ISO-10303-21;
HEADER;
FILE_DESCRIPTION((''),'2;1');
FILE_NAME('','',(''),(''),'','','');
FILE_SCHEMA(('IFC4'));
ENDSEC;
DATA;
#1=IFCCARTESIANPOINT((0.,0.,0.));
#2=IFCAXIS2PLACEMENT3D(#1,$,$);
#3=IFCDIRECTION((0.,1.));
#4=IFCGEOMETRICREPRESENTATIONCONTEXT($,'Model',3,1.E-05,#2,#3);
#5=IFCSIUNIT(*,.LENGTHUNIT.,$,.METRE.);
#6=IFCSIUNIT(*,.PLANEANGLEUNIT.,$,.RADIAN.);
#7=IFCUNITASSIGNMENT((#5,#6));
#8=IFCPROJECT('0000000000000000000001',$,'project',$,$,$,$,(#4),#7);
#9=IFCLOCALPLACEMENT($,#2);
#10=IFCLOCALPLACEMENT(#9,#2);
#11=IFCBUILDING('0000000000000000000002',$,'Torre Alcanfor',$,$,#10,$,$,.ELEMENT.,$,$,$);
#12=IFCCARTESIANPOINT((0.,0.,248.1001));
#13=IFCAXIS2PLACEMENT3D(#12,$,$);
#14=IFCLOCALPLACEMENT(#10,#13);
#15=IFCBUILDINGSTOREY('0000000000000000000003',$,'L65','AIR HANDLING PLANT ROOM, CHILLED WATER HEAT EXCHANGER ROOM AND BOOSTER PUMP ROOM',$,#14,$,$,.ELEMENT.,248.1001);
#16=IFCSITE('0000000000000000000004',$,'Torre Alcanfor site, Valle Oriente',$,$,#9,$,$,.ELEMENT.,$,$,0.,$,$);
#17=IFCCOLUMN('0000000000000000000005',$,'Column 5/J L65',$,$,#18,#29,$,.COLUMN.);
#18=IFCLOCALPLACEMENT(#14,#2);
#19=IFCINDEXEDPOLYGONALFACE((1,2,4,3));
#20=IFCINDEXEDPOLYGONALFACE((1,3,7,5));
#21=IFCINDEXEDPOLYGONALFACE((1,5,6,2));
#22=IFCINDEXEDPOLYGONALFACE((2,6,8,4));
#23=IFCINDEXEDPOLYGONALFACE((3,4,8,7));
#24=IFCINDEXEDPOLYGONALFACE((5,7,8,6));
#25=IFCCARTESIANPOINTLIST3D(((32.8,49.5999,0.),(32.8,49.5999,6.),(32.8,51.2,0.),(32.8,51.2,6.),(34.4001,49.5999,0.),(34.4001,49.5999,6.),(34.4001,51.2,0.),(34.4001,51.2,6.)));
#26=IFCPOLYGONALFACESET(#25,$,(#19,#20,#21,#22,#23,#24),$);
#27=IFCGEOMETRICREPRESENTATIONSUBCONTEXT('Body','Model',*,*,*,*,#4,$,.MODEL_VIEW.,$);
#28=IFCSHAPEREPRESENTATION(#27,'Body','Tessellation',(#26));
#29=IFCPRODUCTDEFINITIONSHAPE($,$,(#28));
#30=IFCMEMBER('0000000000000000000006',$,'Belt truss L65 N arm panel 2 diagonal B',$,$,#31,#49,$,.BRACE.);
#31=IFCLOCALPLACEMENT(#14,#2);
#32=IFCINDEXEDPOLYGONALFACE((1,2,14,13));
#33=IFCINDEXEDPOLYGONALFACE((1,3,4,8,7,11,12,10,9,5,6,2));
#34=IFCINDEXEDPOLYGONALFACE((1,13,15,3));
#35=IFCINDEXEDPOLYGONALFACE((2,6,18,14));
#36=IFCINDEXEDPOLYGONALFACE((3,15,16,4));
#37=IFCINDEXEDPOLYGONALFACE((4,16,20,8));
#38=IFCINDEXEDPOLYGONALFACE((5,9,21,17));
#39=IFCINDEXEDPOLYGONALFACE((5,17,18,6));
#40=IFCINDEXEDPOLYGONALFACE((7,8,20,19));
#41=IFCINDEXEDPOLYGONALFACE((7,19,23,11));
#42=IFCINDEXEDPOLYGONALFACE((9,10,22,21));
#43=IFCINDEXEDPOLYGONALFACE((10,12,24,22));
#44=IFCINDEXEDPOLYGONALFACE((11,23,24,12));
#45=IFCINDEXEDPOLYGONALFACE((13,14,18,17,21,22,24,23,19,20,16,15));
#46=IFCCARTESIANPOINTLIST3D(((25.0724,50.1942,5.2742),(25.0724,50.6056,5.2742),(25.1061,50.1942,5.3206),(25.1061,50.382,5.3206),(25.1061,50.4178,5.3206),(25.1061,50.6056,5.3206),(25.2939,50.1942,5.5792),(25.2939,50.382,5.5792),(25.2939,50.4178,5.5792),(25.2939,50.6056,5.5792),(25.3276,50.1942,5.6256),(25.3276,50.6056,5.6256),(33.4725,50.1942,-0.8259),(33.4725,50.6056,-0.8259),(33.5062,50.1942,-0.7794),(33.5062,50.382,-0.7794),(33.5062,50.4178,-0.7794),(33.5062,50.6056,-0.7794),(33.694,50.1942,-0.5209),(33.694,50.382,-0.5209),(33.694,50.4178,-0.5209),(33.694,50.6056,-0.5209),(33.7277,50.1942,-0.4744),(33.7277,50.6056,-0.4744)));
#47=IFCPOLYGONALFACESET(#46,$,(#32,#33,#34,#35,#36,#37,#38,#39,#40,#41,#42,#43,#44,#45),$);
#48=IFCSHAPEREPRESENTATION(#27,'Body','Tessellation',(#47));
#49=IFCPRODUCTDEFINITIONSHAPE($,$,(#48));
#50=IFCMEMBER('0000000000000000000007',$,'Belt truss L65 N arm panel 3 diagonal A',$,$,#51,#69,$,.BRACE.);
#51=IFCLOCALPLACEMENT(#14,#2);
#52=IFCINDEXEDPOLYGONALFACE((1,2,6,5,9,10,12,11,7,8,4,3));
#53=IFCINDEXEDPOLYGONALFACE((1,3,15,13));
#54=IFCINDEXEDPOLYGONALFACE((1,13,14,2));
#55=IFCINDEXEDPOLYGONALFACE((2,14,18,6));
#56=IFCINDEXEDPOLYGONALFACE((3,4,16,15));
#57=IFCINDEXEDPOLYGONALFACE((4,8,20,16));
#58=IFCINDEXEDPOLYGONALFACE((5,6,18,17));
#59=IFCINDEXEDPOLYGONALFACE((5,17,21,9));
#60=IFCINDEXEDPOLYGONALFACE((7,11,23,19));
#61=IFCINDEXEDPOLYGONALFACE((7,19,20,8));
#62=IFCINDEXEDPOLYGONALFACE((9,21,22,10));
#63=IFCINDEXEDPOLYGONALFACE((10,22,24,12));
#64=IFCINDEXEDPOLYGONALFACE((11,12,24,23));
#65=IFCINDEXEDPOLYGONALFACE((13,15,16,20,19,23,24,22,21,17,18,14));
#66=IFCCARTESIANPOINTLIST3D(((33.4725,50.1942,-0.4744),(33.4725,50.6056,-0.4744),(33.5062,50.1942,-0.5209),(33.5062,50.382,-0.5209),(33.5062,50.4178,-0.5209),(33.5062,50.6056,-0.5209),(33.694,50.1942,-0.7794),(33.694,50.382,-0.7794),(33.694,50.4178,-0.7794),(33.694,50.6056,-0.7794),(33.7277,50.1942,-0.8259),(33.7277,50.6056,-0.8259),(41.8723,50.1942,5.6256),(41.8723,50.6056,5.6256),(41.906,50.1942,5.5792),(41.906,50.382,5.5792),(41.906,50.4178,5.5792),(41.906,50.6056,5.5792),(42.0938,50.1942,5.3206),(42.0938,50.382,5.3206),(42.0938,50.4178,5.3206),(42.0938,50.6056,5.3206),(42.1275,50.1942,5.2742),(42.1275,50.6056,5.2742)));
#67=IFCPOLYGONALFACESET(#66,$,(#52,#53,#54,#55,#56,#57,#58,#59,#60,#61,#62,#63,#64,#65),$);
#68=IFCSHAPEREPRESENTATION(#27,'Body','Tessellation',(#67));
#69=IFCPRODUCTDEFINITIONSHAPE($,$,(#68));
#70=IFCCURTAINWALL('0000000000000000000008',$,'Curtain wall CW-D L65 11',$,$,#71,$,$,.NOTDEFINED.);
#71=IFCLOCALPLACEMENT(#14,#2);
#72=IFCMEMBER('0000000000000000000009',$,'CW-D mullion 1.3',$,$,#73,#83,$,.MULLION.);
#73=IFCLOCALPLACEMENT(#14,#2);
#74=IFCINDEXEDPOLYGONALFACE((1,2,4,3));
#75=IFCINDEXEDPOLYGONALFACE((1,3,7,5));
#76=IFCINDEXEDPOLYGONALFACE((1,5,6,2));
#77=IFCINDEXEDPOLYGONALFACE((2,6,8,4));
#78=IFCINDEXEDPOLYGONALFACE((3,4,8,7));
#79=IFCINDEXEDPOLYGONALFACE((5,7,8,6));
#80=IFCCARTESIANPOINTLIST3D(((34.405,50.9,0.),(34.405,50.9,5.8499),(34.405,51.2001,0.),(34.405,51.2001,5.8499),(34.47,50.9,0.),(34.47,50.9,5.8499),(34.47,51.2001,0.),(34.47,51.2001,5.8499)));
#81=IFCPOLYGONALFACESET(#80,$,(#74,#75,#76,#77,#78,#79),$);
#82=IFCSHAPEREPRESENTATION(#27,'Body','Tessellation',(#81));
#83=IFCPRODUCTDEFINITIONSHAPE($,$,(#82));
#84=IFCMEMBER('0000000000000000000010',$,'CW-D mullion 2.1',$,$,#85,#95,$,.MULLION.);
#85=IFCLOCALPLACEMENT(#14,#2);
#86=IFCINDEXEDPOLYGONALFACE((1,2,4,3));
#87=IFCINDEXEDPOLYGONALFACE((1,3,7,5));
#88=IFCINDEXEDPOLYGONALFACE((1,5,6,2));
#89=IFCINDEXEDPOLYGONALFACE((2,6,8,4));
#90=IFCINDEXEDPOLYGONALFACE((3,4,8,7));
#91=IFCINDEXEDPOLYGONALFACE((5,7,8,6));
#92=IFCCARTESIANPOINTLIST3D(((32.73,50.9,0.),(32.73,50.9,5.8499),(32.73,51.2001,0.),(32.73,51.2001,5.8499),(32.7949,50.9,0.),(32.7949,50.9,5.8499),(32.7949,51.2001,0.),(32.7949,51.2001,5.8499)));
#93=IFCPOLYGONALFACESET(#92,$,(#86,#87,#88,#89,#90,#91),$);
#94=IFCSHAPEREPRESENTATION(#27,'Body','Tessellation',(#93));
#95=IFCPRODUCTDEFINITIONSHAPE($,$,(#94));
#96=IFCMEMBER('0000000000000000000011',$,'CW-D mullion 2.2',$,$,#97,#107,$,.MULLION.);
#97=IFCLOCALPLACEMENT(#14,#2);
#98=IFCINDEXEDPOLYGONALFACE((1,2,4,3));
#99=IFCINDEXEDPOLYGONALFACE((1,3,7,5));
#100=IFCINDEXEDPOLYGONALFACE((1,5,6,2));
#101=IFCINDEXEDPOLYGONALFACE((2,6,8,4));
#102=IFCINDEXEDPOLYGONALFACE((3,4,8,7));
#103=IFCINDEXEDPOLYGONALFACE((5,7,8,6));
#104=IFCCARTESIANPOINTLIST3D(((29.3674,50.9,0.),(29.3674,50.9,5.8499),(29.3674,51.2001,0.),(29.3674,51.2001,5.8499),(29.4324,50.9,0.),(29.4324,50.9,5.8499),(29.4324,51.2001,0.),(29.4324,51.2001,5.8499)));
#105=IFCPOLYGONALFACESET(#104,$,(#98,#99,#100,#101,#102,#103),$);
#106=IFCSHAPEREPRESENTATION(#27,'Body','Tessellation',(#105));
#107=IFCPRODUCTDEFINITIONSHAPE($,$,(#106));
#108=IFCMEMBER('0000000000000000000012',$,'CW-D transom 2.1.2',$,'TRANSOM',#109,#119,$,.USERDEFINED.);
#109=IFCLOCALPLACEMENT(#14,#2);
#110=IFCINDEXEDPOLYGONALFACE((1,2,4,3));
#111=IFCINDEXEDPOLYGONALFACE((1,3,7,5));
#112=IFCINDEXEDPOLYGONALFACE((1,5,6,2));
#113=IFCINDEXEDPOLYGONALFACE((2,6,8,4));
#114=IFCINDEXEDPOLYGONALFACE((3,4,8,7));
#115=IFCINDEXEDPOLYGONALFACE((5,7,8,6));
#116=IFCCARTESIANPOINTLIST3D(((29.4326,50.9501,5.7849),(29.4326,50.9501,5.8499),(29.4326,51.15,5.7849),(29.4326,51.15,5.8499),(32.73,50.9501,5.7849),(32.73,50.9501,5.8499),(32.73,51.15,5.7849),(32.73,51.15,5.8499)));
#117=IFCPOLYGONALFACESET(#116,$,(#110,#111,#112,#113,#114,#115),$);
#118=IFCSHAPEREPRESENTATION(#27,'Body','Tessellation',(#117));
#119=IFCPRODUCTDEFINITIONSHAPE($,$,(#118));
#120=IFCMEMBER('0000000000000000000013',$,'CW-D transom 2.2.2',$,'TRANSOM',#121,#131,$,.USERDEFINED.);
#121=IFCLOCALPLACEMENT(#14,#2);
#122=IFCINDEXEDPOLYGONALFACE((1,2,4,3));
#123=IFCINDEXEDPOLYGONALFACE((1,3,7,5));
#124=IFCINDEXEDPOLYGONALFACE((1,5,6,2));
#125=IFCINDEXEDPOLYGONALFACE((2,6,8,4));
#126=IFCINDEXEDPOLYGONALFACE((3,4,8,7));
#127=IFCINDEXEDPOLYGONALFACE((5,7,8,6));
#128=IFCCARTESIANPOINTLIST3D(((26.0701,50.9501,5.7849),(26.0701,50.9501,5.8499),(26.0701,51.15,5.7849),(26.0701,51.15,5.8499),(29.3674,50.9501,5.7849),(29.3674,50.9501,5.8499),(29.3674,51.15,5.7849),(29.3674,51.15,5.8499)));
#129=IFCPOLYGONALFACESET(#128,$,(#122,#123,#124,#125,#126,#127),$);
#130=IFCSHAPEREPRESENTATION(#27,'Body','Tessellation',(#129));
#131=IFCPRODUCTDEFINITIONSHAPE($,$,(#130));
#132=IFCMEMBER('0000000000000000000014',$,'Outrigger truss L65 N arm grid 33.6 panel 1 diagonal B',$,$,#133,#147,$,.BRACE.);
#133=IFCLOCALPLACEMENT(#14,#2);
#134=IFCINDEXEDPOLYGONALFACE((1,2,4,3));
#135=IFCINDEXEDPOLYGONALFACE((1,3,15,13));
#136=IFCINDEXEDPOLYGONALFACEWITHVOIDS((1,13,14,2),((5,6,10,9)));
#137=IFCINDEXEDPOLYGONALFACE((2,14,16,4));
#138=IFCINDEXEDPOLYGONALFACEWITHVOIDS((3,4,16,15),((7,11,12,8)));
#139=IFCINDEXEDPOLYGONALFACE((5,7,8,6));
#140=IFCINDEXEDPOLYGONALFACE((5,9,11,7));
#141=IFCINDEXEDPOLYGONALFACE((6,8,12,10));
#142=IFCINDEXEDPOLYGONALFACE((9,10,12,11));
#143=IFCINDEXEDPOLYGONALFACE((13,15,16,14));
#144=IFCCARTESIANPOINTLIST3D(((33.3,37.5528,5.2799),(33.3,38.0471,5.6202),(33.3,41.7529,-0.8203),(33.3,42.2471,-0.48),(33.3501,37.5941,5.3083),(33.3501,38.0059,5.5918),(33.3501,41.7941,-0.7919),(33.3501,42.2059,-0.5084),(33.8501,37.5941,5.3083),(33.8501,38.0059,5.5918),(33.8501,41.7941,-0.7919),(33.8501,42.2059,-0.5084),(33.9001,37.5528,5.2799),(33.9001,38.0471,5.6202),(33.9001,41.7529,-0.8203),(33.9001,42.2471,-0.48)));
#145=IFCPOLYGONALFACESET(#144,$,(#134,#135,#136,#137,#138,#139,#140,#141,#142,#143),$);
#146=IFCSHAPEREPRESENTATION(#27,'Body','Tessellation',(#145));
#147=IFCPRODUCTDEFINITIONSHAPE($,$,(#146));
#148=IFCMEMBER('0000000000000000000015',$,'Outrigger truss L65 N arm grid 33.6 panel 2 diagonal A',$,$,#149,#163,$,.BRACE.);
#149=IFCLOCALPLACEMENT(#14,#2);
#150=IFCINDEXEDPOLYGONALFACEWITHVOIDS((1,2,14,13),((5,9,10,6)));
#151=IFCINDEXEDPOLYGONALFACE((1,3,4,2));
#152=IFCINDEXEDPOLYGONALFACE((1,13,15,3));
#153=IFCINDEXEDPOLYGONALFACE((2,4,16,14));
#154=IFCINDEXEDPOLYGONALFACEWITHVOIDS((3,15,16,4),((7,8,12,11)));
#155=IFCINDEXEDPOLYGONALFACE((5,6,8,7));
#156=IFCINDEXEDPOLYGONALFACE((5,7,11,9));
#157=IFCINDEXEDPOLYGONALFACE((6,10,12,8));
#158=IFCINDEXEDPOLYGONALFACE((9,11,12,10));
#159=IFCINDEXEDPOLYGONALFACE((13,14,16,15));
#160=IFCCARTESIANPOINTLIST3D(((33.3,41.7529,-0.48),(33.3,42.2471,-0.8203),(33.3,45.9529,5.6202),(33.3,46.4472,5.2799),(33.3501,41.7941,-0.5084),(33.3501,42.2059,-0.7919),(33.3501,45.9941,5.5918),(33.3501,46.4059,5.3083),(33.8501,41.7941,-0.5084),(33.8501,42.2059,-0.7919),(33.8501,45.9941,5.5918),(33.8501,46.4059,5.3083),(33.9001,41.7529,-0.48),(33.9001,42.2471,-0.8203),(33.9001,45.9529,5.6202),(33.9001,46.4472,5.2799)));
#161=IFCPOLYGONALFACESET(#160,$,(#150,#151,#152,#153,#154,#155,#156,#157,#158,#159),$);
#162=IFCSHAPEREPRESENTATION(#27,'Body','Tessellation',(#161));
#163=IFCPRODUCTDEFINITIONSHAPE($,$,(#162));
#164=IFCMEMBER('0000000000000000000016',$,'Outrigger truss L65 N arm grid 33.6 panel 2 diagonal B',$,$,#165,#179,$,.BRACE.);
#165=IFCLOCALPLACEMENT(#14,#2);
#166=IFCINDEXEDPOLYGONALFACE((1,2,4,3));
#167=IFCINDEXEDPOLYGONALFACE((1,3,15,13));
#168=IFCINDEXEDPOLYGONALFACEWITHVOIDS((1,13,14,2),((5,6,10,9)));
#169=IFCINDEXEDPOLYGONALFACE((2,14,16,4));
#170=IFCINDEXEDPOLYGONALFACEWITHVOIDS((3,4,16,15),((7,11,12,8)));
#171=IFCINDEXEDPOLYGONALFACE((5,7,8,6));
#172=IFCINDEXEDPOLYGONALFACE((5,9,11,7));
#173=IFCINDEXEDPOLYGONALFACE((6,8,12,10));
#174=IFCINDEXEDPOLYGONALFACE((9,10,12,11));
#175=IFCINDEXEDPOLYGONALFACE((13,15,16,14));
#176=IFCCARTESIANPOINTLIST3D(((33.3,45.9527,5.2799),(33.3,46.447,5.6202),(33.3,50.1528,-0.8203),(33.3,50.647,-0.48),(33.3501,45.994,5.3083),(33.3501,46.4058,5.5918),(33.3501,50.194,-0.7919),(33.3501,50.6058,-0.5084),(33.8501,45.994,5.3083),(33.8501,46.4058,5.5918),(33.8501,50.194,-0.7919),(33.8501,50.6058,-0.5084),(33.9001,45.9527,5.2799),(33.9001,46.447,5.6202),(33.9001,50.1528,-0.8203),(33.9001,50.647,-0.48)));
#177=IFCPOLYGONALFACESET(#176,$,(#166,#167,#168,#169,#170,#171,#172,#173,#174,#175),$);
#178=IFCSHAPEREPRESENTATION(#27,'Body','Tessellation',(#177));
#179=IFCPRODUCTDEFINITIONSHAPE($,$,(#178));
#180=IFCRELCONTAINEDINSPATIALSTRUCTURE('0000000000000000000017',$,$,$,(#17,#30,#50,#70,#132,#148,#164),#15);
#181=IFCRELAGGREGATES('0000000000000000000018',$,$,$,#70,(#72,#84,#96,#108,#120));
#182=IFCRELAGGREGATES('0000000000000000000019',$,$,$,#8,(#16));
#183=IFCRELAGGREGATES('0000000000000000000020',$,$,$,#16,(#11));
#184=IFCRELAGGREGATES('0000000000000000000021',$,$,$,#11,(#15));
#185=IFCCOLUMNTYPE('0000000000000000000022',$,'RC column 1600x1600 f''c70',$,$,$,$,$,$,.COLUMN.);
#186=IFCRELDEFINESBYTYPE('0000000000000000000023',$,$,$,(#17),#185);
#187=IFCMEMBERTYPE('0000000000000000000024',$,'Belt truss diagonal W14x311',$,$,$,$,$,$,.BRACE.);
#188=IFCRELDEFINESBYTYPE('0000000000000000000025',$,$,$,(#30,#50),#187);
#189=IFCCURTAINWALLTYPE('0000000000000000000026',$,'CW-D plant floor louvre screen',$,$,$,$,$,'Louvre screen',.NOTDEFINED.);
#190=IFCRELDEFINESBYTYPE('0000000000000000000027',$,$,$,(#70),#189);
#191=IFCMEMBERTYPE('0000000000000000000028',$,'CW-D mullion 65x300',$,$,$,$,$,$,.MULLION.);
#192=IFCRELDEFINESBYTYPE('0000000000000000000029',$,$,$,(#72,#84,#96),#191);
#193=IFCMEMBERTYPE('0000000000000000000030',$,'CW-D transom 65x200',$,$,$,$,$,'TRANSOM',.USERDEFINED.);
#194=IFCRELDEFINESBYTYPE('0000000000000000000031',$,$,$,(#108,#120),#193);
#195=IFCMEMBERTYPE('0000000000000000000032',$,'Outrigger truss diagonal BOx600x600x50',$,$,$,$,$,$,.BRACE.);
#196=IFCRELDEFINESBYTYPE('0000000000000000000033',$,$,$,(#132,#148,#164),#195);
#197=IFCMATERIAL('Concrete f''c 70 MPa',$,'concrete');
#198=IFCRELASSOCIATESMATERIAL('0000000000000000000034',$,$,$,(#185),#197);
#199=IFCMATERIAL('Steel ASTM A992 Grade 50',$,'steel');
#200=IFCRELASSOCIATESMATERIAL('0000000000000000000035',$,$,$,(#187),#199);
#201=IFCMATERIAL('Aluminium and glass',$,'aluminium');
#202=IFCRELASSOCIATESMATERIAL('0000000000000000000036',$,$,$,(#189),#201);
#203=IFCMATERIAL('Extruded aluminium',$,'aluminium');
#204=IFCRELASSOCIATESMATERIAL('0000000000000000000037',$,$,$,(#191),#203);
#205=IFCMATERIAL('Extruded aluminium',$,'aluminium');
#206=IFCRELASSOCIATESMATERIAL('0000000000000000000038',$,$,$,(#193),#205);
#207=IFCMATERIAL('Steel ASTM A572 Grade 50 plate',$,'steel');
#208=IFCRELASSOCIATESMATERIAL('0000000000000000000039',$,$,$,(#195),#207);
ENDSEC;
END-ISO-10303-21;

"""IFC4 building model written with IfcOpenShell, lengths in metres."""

from ifc_helpers import new_model, si_unit, direction, frame, origin, origin_2d, place, context, subcontext, project, spatial, rectangle, hollow_rectangle, i_section, extrude, material, material_profile, profile_set, type_object, element, aggregate, save


model = new_model("IFC4")

# Units and contexts
model_context = context("Model", 3, precision=1e-05, world=origin(), true_north=direction((0.0, 1.0)))
body_context = subcontext(model_context, "Body", "Model", "MODEL_VIEW")
ifc_project = project(units=[si_unit("LENGTHUNIT", "METRE"), si_unit("PLANEANGLEUNIT", "RADIAN")], contexts=[model_context])

# Site, building, storey
site_placement = place(None, origin())
site = spatial("IfcSite", under=ifc_project, at=site_placement, Name="Torre Alcanfor site, Valle Oriente", CompositionType="ELEMENT", RefElevation=0.0)
building_placement = place(site_placement, origin())
building = spatial("IfcBuilding", under=site, at=building_placement, Name="Torre Alcanfor", CompositionType="ELEMENT")
storey_placement = place(building_placement, frame((0.0, 0.0, 248.1001)))
storey = spatial("IfcBuildingStorey", under=building, at=storey_placement, Name="L65", Description="AIR HANDLING PLANT ROOM, CHILLED WATER HEAT EXCHANGER ROOM AND BOOSTER PUMP ROOM", CompositionType="ELEMENT", Elevation=248.1001)

# Column
ifc_material_1 = material(Name="Concrete f'c 70 MPa", Category="concrete")
ifc_material_profile_1 = material_profile(ifc_material_1, rectangle(XDim=1.6001, YDim=1.6001, at=origin_2d()), Name="1600x1600")
ifc_profile_set_1 = profile_set([ifc_material_profile_1], Name="Concrete f'c 70 MPa")
column_type = type_object("IfcColumnType", Name="RC column 1600x1600 f'c70", PredefinedType="COLUMN", material=ifc_profile_set_1)
column_placement = place(storey_placement, frame((33.6001, 50.3999, 0.0), z_axis=(0.0, 0.0, 1.0), x_axis=(1.0, 0.0, 0.0)))
element("IfcColumn", 1, at=column_placement, inside=storey, type_object=column_type, Name="Column 5/J L65", PredefinedType="COLUMN", context=body_context, shape_type="SweptSolid", body=[
    extrude(rectangle(XDim=1.6001, YDim=1.6001, at=origin_2d()), origin(), (0.0, 0.0, 1.0), 6.0),
])

# Members
ifc_material_2 = material(Name="Steel ASTM A992 Grade 50", Category="steel")
ifc_material_profile_2 = material_profile(ifc_material_2, i_section(OverallWidth=0.4114, OverallDepth=0.4343, WebThickness=0.0359, FlangeThickness=0.0574, at=origin_2d()), Name="W14x311")
ifc_profile_set_2 = profile_set([ifc_material_profile_2], Name="Steel ASTM A992 Grade 50")
member_type_1 = type_object("IfcMemberType", Name="Belt truss diagonal W14x311", PredefinedType="BRACE", material=ifc_profile_set_2)
member_1_placement = place(storey_placement, frame((33.6001, 50.3999, -0.6501), z_axis=(-0.809153, 0.0, 0.587598), x_axis=(0.0, -1.0, 0.0)))
element("IfcMember", 2, at=member_1_placement, inside=storey, type_object=member_type_1, Name="Belt truss L65 N arm panel 2 diagonal B", PredefinedType="BRACE", context=body_context, shape_type="SweptSolid", body=[
    extrude(i_section(OverallWidth=0.4114, OverallDepth=0.4343, WebThickness=0.0359, FlangeThickness=0.0574, at=origin_2d()), origin(), (0.0, 0.0, 1.0), 10.3813),
])
member_2_placement = place(storey_placement, frame((33.6001, 50.3999, -0.6501), z_axis=(0.809145, 0.0, 0.587609), x_axis=(0.0, 1.0, 0.0)))
element("IfcMember", 3, at=member_2_placement, inside=storey, type_object=member_type_1, Name="Belt truss L65 N arm panel 3 diagonal A", PredefinedType="BRACE", context=body_context, shape_type="SweptSolid", body=[
    extrude(i_section(OverallWidth=0.4114, OverallDepth=0.4343, WebThickness=0.0359, FlangeThickness=0.0574, at=origin_2d()), origin(), (0.0, 0.0, 1.0), 10.3811),
])

# Curtain wall, members
ifc_material_3 = material(Name="Aluminium and glass", Category="aluminium")
curtain_wall_type = type_object("IfcCurtainWallType", Name="CW-D plant floor louvre screen", ElementType="Louvre screen", PredefinedType="NOTDEFINED", material=ifc_material_3)
curtain_wall_placement = place(storey_placement, origin())
curtain_wall = element("IfcCurtainWall", 4, at=curtain_wall_placement, inside=storey, type_object=curtain_wall_type, Name="Curtain wall CW-D L65 11", PredefinedType="NOTDEFINED")
ifc_material_4 = material(Name="Extruded aluminium", Category="aluminium")
ifc_material_profile_3 = material_profile(ifc_material_4, rectangle(XDim=0.3, YDim=0.0649, at=origin_2d()), Name="CW-D mullion 65x300")
ifc_profile_set_3 = profile_set([ifc_material_profile_3], Name="Extruded aluminium")
member_type_2 = type_object("IfcMemberType", Name="CW-D mullion 65x300", PredefinedType="MULLION", material=ifc_profile_set_3)
member_3_placement = place(storey_placement, frame((34.4375, 51.05, 0.0), z_axis=(0.0, 0.0, 1.0), x_axis=(0.0, -1.0, 0.0)))
member_3 = element("IfcMember", 5, at=member_3_placement, type_object=member_type_2, Name="CW-D mullion 1.3", PredefinedType="MULLION", context=body_context, shape_type="SweptSolid", body=[
    extrude(rectangle(XDim=0.3, YDim=0.0649, at=origin_2d()), origin(), (0.0, 0.0, 1.0), 5.8499),
])
member_4_placement = place(storey_placement, frame((32.7625, 51.05, 0.0), z_axis=(0.0, 0.0, 1.0), x_axis=(0.0, -1.0, 0.0)))
member_4 = element("IfcMember", 6, at=member_4_placement, type_object=member_type_2, Name="CW-D mullion 2.1", PredefinedType="MULLION", context=body_context, shape_type="SweptSolid", body=[
    extrude(rectangle(XDim=0.3, YDim=0.0649, at=origin_2d()), origin(), (0.0, 0.0, 1.0), 5.8499),
])
member_5_placement = place(storey_placement, frame((29.3999, 51.05, 0.0), z_axis=(0.0, 0.0, 1.0), x_axis=(0.0, -1.0, 0.0)))
member_5 = element("IfcMember", 7, at=member_5_placement, type_object=member_type_2, Name="CW-D mullion 2.2", PredefinedType="MULLION", context=body_context, shape_type="SweptSolid", body=[
    extrude(rectangle(XDim=0.3, YDim=0.0649, at=origin_2d()), origin(), (0.0, 0.0, 1.0), 5.8499),
])
ifc_material_5 = material(Name="Extruded aluminium", Category="aluminium")
ifc_material_profile_4 = material_profile(ifc_material_5, rectangle(XDim=0.2, YDim=0.0649, at=origin_2d()), Name="CW-D transom 200x65")
ifc_profile_set_4 = profile_set([ifc_material_profile_4], Name="Extruded aluminium")
member_type_3 = type_object("IfcMemberType", Name="CW-D transom 65x200", ElementType="TRANSOM", PredefinedType="USERDEFINED", material=ifc_profile_set_4)
member_6_placement = place(storey_placement, frame((32.73, 51.05, 5.8174), z_axis=(-1.0, 0.0, 0.0), x_axis=(0.0, -1.0, 0.0)))
member_6 = element("IfcMember", 8, at=member_6_placement, type_object=member_type_3, Name="CW-D transom 2.1.2", ObjectType="TRANSOM", PredefinedType="USERDEFINED", context=body_context, shape_type="SweptSolid", body=[
    extrude(rectangle(XDim=0.2, YDim=0.0649, at=origin_2d()), origin(), (0.0, 0.0, 1.0), 3.2974),
])
member_7_placement = place(storey_placement, frame((29.3674, 51.05, 5.8174), z_axis=(-1.0, 0.0, 0.0), x_axis=(0.0, -1.0, 0.0)))
member_7 = element("IfcMember", 9, at=member_7_placement, type_object=member_type_3, Name="CW-D transom 2.2.2", ObjectType="TRANSOM", PredefinedType="USERDEFINED", context=body_context, shape_type="SweptSolid", body=[
    extrude(rectangle(XDim=0.2, YDim=0.0649, at=origin_2d()), origin(), (0.0, 0.0, 1.0), 3.2974),
])

# Members
ifc_material_6 = material(Name="Steel ASTM A572 Grade 50 plate", Category="steel")
ifc_material_profile_5 = material_profile(ifc_material_6, hollow_rectangle(XDim=0.6001, YDim=0.6001, WallThickness=0.05, at=origin_2d()), Name="BOX 600x600x50")
ifc_profile_set_5 = profile_set([ifc_material_profile_5], Name="Steel ASTM A572 Grade 50 plate")
member_type_4 = type_object("IfcMemberType", Name="Outrigger truss diagonal BOx600x600x50", PredefinedType="BRACE", material=ifc_profile_set_5)
for number, where, z_axis, x_axis, name in (
    (10, (33.6001, 42.0, -0.6501), (0.0, -0.567091, 0.823655), (1.0, 0.0, 0.0), "Outrigger truss L65 N arm grid 33.6 panel 1 diagonal B"),
    (11, (33.6001, 42.0, -0.6501), (0.0, 0.567091, 0.823655), (-1.0, 0.0, 0.0), "Outrigger truss L65 N arm grid 33.6 panel 2 diagonal A"),
    (12, (33.6001, 50.3999, -0.6501), (0.0, -0.567091, 0.823655), (1.0, 0.0, 0.0), "Outrigger truss L65 N arm grid 33.6 panel 2 diagonal B"),
):
    element("IfcMember", number, at=place(storey_placement, frame(where, z_axis=z_axis, x_axis=x_axis)), inside=storey, type_object=member_type_4, Name=name, PredefinedType="BRACE", context=body_context, shape_type="SweptSolid", body=[
        extrude(hollow_rectangle(XDim=0.6001, YDim=0.6001, WallThickness=0.05, at=origin_2d()), origin(), (0.0, 0.0, 1.0), 7.4062),
    ])

aggregate(curtain_wall, [member_3, member_4, member_5, member_6, member_7])

save(model, "model.ifc")
